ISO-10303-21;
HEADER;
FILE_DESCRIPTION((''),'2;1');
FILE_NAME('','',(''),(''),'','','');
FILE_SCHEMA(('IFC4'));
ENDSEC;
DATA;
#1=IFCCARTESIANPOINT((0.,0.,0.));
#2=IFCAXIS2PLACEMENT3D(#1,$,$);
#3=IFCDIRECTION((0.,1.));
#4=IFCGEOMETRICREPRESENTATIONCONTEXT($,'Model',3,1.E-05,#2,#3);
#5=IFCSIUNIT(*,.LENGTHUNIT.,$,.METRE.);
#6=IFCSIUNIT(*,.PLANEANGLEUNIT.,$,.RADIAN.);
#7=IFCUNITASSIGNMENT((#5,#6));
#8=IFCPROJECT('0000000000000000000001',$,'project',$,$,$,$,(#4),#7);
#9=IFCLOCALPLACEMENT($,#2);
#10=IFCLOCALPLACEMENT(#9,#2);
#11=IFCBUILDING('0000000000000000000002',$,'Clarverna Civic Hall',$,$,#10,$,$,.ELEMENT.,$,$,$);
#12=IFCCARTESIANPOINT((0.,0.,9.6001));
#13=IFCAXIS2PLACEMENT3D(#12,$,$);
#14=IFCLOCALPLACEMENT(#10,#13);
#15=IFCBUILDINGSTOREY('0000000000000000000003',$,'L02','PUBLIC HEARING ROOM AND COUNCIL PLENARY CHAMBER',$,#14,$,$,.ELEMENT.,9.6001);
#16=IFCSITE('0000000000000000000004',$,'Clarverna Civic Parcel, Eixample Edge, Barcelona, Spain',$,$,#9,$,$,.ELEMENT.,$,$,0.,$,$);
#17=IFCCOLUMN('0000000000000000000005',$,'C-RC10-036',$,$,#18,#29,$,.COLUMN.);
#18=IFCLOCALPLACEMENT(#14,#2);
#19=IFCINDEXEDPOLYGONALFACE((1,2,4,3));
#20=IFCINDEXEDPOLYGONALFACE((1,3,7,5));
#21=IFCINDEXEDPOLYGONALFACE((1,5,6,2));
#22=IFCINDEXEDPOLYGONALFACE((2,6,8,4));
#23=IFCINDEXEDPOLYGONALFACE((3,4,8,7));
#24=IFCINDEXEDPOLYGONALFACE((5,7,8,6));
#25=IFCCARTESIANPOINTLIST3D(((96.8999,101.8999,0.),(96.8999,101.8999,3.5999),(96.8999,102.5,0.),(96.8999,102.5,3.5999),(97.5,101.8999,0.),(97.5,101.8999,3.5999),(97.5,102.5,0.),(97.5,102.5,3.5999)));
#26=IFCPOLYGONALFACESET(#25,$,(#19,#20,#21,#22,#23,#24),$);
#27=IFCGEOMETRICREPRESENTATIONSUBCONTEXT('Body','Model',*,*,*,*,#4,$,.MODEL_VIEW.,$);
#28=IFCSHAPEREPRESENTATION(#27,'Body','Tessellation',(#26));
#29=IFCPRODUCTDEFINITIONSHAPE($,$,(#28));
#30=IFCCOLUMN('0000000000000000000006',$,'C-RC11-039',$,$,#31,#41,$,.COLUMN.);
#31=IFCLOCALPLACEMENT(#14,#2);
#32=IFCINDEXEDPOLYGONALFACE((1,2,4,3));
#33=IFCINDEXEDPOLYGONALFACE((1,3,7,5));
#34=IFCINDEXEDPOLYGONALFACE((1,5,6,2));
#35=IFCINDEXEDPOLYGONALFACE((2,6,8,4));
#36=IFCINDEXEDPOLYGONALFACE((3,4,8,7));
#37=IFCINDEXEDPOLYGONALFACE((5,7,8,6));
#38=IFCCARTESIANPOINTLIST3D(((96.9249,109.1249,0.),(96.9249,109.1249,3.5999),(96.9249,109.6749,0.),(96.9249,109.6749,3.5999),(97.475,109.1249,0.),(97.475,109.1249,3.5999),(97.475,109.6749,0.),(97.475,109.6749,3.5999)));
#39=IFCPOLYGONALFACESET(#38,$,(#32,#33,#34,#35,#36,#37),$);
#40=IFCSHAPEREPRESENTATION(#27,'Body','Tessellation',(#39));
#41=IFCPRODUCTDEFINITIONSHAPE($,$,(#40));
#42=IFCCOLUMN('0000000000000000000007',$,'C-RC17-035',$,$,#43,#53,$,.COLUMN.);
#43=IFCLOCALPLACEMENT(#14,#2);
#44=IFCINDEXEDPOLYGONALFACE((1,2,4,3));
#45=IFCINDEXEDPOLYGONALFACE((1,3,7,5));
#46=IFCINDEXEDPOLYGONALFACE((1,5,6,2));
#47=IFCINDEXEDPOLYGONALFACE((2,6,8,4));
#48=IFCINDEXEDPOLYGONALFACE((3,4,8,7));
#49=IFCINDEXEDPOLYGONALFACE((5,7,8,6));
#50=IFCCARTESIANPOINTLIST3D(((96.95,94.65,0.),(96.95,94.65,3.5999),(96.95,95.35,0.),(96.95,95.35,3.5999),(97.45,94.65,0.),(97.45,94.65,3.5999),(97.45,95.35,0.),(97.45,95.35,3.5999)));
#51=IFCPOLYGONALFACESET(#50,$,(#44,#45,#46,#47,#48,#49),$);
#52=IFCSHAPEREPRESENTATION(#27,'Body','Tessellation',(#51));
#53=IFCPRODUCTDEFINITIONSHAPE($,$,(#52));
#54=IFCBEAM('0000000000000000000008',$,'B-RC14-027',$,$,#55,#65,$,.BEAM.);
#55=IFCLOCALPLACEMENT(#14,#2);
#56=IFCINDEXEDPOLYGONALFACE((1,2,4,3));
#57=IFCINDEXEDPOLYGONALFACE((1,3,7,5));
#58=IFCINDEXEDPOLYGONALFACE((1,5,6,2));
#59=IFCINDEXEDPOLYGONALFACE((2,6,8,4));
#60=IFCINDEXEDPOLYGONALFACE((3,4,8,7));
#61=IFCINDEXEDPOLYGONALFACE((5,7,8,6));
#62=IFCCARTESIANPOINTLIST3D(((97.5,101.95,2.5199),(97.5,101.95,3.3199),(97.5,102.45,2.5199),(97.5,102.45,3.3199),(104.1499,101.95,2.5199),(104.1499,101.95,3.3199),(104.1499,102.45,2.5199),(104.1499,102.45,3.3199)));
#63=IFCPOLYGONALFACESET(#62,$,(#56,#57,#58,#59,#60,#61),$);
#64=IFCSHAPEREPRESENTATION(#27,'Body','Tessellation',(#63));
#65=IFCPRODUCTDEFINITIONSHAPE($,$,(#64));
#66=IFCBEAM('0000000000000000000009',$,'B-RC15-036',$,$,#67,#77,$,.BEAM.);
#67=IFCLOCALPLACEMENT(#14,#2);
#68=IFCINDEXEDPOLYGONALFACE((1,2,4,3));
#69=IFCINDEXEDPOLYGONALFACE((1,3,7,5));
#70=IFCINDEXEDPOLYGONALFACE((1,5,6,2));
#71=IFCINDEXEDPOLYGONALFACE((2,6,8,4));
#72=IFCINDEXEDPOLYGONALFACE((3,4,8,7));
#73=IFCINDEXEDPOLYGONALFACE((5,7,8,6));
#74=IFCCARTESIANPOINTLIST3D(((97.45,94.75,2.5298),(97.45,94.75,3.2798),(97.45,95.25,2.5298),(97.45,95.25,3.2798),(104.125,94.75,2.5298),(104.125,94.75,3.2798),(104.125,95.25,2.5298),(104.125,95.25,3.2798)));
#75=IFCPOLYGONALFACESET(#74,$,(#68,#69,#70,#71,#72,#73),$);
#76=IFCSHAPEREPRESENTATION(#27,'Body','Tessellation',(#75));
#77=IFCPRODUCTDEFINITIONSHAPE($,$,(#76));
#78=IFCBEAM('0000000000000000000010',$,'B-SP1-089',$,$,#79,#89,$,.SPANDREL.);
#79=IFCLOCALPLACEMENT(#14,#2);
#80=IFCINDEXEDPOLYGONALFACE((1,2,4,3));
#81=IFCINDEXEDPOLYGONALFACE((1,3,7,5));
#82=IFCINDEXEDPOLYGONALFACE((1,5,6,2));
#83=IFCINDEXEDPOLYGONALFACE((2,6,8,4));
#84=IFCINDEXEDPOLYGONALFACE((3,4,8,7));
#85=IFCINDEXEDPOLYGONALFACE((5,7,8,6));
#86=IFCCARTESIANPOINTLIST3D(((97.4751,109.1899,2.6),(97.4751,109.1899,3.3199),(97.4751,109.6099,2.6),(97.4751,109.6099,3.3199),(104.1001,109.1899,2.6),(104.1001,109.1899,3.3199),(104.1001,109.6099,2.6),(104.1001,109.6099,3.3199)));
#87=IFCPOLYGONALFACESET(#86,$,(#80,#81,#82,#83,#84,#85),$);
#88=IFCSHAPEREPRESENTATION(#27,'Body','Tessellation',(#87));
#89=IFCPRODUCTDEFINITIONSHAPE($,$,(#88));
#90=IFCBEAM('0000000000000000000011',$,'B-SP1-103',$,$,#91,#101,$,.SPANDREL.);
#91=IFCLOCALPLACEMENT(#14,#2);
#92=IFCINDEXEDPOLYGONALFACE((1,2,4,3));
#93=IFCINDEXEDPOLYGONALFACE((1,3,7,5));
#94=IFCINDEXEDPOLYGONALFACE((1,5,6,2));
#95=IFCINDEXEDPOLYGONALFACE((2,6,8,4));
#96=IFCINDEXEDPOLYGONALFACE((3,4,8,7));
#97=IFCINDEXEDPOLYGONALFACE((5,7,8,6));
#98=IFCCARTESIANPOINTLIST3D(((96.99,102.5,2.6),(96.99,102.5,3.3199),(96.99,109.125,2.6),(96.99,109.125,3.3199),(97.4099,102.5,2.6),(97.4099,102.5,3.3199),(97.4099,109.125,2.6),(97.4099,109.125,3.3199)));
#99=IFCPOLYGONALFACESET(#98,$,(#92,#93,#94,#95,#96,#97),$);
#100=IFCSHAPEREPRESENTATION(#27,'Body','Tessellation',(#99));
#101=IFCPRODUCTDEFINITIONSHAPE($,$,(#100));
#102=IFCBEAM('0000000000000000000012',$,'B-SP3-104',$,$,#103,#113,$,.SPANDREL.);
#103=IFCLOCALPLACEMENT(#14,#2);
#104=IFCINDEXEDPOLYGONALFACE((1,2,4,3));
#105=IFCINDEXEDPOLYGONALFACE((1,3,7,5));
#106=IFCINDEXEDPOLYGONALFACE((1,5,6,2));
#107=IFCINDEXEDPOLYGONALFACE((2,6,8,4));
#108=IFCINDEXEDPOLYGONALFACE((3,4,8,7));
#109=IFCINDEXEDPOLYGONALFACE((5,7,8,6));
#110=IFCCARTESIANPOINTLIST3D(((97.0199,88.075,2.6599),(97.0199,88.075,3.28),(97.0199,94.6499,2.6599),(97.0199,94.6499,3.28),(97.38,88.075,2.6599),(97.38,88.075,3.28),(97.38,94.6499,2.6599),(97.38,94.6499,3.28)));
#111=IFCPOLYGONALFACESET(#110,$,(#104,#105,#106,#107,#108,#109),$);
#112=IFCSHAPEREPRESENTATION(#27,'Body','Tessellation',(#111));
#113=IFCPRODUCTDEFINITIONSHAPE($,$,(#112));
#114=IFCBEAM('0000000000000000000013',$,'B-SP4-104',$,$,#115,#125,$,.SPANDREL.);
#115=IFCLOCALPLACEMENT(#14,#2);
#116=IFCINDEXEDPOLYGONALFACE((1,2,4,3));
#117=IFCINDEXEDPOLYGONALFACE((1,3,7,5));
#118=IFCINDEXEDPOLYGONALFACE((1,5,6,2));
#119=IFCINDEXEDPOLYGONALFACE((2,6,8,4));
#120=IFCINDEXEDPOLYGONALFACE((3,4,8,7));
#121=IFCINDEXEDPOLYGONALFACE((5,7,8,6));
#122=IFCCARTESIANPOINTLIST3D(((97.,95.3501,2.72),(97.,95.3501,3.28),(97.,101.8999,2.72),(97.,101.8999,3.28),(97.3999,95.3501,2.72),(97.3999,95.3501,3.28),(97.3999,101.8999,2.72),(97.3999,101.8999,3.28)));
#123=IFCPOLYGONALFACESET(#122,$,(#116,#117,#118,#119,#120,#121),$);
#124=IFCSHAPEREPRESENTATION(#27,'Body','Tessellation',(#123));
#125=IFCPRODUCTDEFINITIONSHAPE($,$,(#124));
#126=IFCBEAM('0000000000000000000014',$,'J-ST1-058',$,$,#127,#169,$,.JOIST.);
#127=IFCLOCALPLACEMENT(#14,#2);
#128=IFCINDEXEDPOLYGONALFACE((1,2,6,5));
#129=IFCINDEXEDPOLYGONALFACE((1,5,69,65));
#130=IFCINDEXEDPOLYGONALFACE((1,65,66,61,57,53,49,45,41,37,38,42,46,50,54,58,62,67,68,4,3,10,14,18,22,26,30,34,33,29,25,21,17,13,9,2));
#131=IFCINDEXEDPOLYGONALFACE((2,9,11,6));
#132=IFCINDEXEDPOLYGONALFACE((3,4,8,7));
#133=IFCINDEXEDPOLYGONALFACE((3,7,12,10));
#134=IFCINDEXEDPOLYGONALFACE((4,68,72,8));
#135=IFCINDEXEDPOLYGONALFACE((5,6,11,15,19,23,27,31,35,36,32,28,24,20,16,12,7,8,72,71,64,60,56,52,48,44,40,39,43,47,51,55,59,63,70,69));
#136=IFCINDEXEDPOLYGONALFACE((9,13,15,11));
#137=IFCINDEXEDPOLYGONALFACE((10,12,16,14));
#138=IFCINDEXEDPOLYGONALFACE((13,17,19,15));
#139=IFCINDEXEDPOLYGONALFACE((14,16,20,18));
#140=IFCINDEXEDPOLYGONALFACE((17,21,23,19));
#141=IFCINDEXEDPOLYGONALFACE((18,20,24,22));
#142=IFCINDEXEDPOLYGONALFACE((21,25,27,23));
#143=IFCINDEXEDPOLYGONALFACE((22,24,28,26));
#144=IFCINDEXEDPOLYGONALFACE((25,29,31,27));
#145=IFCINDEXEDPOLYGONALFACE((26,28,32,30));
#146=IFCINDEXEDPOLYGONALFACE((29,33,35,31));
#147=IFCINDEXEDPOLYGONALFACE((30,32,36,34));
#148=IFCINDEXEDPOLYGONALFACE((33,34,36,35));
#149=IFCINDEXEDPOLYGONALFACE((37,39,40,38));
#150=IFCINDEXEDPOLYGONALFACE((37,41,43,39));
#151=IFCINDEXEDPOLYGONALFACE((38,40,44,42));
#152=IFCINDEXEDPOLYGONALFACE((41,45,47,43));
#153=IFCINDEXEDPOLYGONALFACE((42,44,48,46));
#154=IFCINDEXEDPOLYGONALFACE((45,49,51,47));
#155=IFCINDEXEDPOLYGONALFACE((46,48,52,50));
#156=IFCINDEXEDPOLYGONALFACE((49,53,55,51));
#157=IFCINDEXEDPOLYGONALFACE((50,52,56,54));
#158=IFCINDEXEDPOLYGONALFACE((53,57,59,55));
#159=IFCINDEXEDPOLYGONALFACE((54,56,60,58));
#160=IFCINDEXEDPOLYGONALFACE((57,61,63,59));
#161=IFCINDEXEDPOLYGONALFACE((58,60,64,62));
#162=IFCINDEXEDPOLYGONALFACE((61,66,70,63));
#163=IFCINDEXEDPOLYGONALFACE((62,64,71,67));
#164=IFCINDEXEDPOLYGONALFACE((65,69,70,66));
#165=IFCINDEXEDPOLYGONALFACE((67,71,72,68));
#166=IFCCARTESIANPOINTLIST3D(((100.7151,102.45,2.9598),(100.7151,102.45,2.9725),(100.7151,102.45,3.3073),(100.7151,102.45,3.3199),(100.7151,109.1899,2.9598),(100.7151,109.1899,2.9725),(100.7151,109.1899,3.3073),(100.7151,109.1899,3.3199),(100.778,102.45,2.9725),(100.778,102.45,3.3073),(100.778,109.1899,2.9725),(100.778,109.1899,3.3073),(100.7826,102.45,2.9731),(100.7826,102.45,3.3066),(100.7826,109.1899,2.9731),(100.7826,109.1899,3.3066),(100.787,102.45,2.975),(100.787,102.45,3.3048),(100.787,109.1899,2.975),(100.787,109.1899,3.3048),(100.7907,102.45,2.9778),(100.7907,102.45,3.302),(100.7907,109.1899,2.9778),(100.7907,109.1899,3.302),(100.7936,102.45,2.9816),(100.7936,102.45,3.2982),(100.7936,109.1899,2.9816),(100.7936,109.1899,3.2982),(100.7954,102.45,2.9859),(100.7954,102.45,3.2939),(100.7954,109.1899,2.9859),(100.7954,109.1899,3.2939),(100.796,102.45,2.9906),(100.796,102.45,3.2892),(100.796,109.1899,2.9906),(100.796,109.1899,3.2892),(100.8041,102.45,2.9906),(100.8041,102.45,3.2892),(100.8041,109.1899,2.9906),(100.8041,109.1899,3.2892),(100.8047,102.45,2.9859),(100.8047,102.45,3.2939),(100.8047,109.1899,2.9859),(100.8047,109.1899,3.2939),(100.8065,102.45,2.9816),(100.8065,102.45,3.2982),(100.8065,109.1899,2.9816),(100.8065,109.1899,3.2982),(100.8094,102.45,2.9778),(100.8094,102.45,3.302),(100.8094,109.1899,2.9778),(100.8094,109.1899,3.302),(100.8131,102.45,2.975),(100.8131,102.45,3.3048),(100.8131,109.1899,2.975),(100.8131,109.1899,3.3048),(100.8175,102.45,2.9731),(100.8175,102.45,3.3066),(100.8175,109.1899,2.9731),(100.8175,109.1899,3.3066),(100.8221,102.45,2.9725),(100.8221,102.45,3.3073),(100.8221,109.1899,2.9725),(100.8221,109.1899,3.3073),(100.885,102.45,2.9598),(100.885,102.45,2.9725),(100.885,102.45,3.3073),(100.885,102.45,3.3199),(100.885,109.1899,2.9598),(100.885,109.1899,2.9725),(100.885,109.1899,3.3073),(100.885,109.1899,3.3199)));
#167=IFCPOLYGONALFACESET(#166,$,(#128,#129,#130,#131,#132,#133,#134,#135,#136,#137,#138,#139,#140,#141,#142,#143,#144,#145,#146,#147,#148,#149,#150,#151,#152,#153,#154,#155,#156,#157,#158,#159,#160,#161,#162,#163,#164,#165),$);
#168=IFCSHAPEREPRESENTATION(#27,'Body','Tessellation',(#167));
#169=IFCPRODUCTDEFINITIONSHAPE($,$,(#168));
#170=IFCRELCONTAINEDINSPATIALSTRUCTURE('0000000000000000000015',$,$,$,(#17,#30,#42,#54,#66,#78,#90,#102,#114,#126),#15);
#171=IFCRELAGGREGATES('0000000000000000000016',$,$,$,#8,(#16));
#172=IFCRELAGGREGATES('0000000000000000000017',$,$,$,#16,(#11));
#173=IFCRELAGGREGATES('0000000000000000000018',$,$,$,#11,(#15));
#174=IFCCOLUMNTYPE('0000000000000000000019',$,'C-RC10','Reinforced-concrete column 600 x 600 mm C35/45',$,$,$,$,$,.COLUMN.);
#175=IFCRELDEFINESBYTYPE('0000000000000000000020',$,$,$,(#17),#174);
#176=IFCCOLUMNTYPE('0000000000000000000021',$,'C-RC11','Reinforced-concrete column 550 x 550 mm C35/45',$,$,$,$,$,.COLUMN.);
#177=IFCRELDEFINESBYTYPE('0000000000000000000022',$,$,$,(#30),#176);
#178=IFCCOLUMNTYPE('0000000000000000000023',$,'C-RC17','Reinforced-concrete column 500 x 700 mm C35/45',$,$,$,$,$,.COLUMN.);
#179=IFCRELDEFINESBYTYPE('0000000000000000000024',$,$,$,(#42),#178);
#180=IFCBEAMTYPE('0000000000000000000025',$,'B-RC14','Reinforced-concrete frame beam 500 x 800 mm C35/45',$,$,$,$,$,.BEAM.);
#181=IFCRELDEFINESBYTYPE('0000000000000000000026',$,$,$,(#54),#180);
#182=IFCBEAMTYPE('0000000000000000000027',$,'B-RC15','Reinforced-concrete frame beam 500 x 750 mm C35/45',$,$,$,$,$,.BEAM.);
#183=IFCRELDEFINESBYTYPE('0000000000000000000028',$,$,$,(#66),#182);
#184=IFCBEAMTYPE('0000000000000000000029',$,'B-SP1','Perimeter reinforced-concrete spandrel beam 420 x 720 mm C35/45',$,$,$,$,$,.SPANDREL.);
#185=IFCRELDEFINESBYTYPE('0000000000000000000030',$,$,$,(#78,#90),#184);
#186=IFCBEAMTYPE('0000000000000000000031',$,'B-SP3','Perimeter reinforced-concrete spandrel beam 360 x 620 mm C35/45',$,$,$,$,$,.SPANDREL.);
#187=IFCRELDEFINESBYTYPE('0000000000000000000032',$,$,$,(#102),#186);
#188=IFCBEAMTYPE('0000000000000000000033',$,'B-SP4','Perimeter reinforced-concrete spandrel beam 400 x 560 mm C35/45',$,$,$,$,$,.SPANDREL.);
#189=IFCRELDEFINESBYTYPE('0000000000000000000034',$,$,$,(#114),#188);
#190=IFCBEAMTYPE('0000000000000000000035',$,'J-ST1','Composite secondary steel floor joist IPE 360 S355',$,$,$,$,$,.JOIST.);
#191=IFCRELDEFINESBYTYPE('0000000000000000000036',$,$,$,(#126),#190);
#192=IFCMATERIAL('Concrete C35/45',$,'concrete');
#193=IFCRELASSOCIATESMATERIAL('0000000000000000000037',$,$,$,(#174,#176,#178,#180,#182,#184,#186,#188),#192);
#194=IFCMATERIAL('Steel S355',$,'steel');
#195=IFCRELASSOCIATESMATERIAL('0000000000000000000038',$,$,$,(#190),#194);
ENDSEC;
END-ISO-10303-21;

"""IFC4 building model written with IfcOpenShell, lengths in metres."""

from ifc_helpers import new_model, si_unit, direction, frame, origin, origin_2d, place, context, subcontext, project, spatial, rectangle, i_section, extrude, material, material_profile, profile_set, type_object, element, save


model = new_model("IFC4")

# Units and contexts
model_context = context("Model", 3, precision=1e-05, world=origin(), true_north=direction((0.0, 1.0)))
body_context = subcontext(model_context, "Body", "Model", "MODEL_VIEW")
ifc_project = project(units=[si_unit("LENGTHUNIT", "METRE"), si_unit("PLANEANGLEUNIT", "RADIAN")], contexts=[model_context])

# Site, building, storey
site_placement = place(None, origin())
site = spatial("IfcSite", under=ifc_project, at=site_placement, Name="Clarverna Civic Parcel, Eixample Edge, Barcelona, Spain", CompositionType="ELEMENT", RefElevation=0.0)
building_placement = place(site_placement, origin())
building = spatial("IfcBuilding", under=site, at=building_placement, Name="Clarverna Civic Hall", CompositionType="ELEMENT")
storey_placement = place(building_placement, frame((0.0, 0.0, 9.6001)))
storey = spatial("IfcBuildingStorey", under=building, at=storey_placement, Name="L02", Description="PUBLIC HEARING ROOM AND COUNCIL PLENARY CHAMBER", CompositionType="ELEMENT", Elevation=9.6001)

# Columns
ifc_material_1 = material(Name="Concrete C35/45", Category="concrete")
ifc_material_profile_1 = material_profile(ifc_material_1, rectangle(XDim=0.6001, YDim=0.6001, at=origin_2d()), Name="RC 600x600")
ifc_profile_set_1 = profile_set([ifc_material_profile_1], Name="Concrete C35/45")
column_type_1 = type_object("IfcColumnType", Name="C-RC10", Description="Reinforced-concrete column 600 x 600 mm C35/45", PredefinedType="COLUMN", material=ifc_profile_set_1)
column_1_placement = place(storey_placement, frame((97.2, 102.2, 0.0), z_axis=(0.0, 0.0, 1.0), x_axis=(1.0, 0.0, 0.0)))
element("IfcColumn", 1, at=column_1_placement, inside=storey, type_object=column_type_1, Name="C-RC10-036", PredefinedType="COLUMN", context=body_context, shape_type="SweptSolid", body=[
    extrude(rectangle(XDim=0.6001, YDim=0.6001, at=origin_2d()), origin(), (0.0, 0.0, 1.0), 3.5999),
])
ifc_material_profile_2 = material_profile(ifc_material_1, rectangle(XDim=0.55, YDim=0.55, at=origin_2d()), Name="RC 550x550")
ifc_profile_set_2 = profile_set([ifc_material_profile_2], Name="Concrete C35/45")
column_type_2 = type_object("IfcColumnType", Name="C-RC11", Description="Reinforced-concrete column 550 x 550 mm C35/45", PredefinedType="COLUMN", material=ifc_profile_set_2)
column_2_placement = place(storey_placement, frame((97.2, 109.3999, 0.0), z_axis=(0.0, 0.0, 1.0), x_axis=(1.0, 0.0, 0.0)))
element("IfcColumn", 2, at=column_2_placement, inside=storey, type_object=column_type_2, Name="C-RC11-039", PredefinedType="COLUMN", context=body_context, shape_type="SweptSolid", body=[
    extrude(rectangle(XDim=0.55, YDim=0.55, at=origin_2d()), origin(), (0.0, 0.0, 1.0), 3.5999),
])
ifc_material_profile_3 = material_profile(ifc_material_1, rectangle(XDim=0.5, YDim=0.7, at=origin_2d()), Name="RC 500x700")
ifc_profile_set_3 = profile_set([ifc_material_profile_3], Name="Concrete C35/45")
column_type_3 = type_object("IfcColumnType", Name="C-RC17", Description="Reinforced-concrete column 500 x 700 mm C35/45", PredefinedType="COLUMN", material=ifc_profile_set_3)
column_3_placement = place(storey_placement, frame((97.2, 95.0, 0.0), z_axis=(0.0, 0.0, 1.0), x_axis=(1.0, 0.0, 0.0)))
element("IfcColumn", 3, at=column_3_placement, inside=storey, type_object=column_type_3, Name="C-RC17-035", PredefinedType="COLUMN", context=body_context, shape_type="SweptSolid", body=[
    extrude(rectangle(XDim=0.5, YDim=0.7, at=origin_2d()), origin(), (0.0, 0.0, 1.0), 3.5999),
])

# Beams
ifc_material_profile_4 = material_profile(ifc_material_1, rectangle(XDim=0.5, YDim=0.8, at=origin_2d()), Name="RC 500x800")
ifc_profile_set_4 = profile_set([ifc_material_profile_4], Name="Concrete C35/45")
beam_type_1 = type_object("IfcBeamType", Name="B-RC14", Description="Reinforced-concrete frame beam 500 x 800 mm C35/45", PredefinedType="BEAM", material=ifc_profile_set_4)
beam_1_placement = place(storey_placement, frame((97.5, 102.2, 2.9199), z_axis=(1.0, 0.0, 0.0), x_axis=(0.0, 1.0, 0.0)))
element("IfcBeam", 4, at=beam_1_placement, inside=storey, type_object=beam_type_1, Name="B-RC14-027", PredefinedType="BEAM", context=body_context, shape_type="SweptSolid", body=[
    extrude(rectangle(XDim=0.5, YDim=0.8, at=origin_2d()), origin(), (0.0, 0.0, 1.0), 6.6499),
])
ifc_material_profile_5 = material_profile(ifc_material_1, rectangle(XDim=0.5, YDim=0.75, at=origin_2d()), Name="RC 500x750")
ifc_profile_set_5 = profile_set([ifc_material_profile_5], Name="Concrete C35/45")
beam_type_2 = type_object("IfcBeamType", Name="B-RC15", Description="Reinforced-concrete frame beam 500 x 750 mm C35/45", PredefinedType="BEAM", material=ifc_profile_set_5)
beam_2_placement = place(storey_placement, frame((97.45, 95.0, 2.9048), z_axis=(1.0, 0.0, 0.0), x_axis=(0.0, 1.0, 0.0)))
element("IfcBeam", 5, at=beam_2_placement, inside=storey, type_object=beam_type_2, Name="B-RC15-036", PredefinedType="BEAM", context=body_context, shape_type="SweptSolid", body=[
    extrude(rectangle(XDim=0.5, YDim=0.75, at=origin_2d()), origin(), (0.0, 0.0, 1.0), 6.675),
])
ifc_material_profile_6 = material_profile(ifc_material_1, rectangle(XDim=0.4199, YDim=0.72, at=origin_2d()), Name="RC 420x720")
ifc_profile_set_6 = profile_set([ifc_material_profile_6], Name="Concrete C35/45")
beam_type_3 = type_object("IfcBeamType", Name="B-SP1", Description="Perimeter reinforced-concrete spandrel beam 420 x 720 mm C35/45", PredefinedType="SPANDREL", material=ifc_profile_set_6)
for number, where, z_axis, x_axis, name in (
    (6, (97.4751, 109.3999, 2.96), (1.0, 0.0, 0.0), (0.0, 1.0, 0.0), "B-SP1-089"),
    (7, (97.2, 102.5, 2.96), (0.0, 1.0, 0.0), (-1.0, 0.0, 0.0), "B-SP1-103"),
):
    element("IfcBeam", number, at=place(storey_placement, frame(where, z_axis=z_axis, x_axis=x_axis)), inside=storey, type_object=beam_type_3, Name=name, PredefinedType="SPANDREL", context=body_context, shape_type="SweptSolid", body=[
        extrude(rectangle(XDim=0.4199, YDim=0.72, at=origin_2d()), origin(), (0.0, 0.0, 1.0), 6.625),
    ])
ifc_material_profile_7 = material_profile(ifc_material_1, rectangle(XDim=0.3601, YDim=0.6201, at=origin_2d()), Name="RC 360x620")
ifc_profile_set_7 = profile_set([ifc_material_profile_7], Name="Concrete C35/45")
beam_type_4 = type_object("IfcBeamType", Name="B-SP3", Description="Perimeter reinforced-concrete spandrel beam 360 x 620 mm C35/45", PredefinedType="SPANDREL", material=ifc_profile_set_7)
beam_3_placement = place(storey_placement, frame((97.2, 88.075, 2.97), z_axis=(0.0, 1.0, 0.0), x_axis=(-1.0, 0.0, 0.0)))
element("IfcBeam", 8, at=beam_3_placement, inside=storey, type_object=beam_type_4, Name="B-SP3-104", PredefinedType="SPANDREL", context=body_context, shape_type="SweptSolid", body=[
    extrude(rectangle(XDim=0.3601, YDim=0.6201, at=origin_2d()), origin(), (0.0, 0.0, 1.0), 6.575),
])
ifc_material_profile_8 = material_profile(ifc_material_1, rectangle(XDim=0.3999, YDim=0.5601, at=origin_2d()), Name="RC 400x560")
ifc_profile_set_8 = profile_set([ifc_material_profile_8], Name="Concrete C35/45")
beam_type_5 = type_object("IfcBeamType", Name="B-SP4", Description="Perimeter reinforced-concrete spandrel beam 400 x 560 mm C35/45", PredefinedType="SPANDREL", material=ifc_profile_set_8)
beam_4_placement = place(storey_placement, frame((97.2, 95.3501, 3.0), z_axis=(0.0, 1.0, 0.0), x_axis=(-1.0, 0.0, 0.0)))
element("IfcBeam", 9, at=beam_4_placement, inside=storey, type_object=beam_type_5, Name="B-SP4-104", PredefinedType="SPANDREL", context=body_context, shape_type="SweptSolid", body=[
    extrude(rectangle(XDim=0.3999, YDim=0.5601, at=origin_2d()), origin(), (0.0, 0.0, 1.0), 6.5498),
])
ifc_material_2 = material(Name="Steel S355", Category="steel")
ifc_material_profile_9 = material_profile(ifc_material_2, i_section(OverallWidth=0.1699, OverallDepth=0.3601, WebThickness=0.0081, FlangeThickness=0.0127, FilletRadius=0.0181, at=origin_2d()), Name="IPE 360")
ifc_profile_set_9 = profile_set([ifc_material_profile_9], Name="Steel S355")
beam_type_6 = type_object("IfcBeamType", Name="J-ST1", Description="Composite secondary steel floor joist IPE 360 S355", PredefinedType="JOIST", material=ifc_profile_set_9)
beam_5_placement = place(storey_placement, frame((100.8, 102.45, 3.1399), z_axis=(0.0, 1.0, 0.0), x_axis=(-1.0, 0.0, 0.0)))
element("IfcBeam", 10, at=beam_5_placement, inside=storey, type_object=beam_type_6, Name="J-ST1-058", PredefinedType="JOIST", context=body_context, shape_type="SweptSolid", body=[
    extrude(i_section(OverallWidth=0.1699, OverallDepth=0.3601, WebThickness=0.0081, FlangeThickness=0.0127, FilletRadius=0.0181, at=origin_2d()), origin(), (0.0, 0.0, 1.0), 6.74),
])

save(model, "model.ifc")
